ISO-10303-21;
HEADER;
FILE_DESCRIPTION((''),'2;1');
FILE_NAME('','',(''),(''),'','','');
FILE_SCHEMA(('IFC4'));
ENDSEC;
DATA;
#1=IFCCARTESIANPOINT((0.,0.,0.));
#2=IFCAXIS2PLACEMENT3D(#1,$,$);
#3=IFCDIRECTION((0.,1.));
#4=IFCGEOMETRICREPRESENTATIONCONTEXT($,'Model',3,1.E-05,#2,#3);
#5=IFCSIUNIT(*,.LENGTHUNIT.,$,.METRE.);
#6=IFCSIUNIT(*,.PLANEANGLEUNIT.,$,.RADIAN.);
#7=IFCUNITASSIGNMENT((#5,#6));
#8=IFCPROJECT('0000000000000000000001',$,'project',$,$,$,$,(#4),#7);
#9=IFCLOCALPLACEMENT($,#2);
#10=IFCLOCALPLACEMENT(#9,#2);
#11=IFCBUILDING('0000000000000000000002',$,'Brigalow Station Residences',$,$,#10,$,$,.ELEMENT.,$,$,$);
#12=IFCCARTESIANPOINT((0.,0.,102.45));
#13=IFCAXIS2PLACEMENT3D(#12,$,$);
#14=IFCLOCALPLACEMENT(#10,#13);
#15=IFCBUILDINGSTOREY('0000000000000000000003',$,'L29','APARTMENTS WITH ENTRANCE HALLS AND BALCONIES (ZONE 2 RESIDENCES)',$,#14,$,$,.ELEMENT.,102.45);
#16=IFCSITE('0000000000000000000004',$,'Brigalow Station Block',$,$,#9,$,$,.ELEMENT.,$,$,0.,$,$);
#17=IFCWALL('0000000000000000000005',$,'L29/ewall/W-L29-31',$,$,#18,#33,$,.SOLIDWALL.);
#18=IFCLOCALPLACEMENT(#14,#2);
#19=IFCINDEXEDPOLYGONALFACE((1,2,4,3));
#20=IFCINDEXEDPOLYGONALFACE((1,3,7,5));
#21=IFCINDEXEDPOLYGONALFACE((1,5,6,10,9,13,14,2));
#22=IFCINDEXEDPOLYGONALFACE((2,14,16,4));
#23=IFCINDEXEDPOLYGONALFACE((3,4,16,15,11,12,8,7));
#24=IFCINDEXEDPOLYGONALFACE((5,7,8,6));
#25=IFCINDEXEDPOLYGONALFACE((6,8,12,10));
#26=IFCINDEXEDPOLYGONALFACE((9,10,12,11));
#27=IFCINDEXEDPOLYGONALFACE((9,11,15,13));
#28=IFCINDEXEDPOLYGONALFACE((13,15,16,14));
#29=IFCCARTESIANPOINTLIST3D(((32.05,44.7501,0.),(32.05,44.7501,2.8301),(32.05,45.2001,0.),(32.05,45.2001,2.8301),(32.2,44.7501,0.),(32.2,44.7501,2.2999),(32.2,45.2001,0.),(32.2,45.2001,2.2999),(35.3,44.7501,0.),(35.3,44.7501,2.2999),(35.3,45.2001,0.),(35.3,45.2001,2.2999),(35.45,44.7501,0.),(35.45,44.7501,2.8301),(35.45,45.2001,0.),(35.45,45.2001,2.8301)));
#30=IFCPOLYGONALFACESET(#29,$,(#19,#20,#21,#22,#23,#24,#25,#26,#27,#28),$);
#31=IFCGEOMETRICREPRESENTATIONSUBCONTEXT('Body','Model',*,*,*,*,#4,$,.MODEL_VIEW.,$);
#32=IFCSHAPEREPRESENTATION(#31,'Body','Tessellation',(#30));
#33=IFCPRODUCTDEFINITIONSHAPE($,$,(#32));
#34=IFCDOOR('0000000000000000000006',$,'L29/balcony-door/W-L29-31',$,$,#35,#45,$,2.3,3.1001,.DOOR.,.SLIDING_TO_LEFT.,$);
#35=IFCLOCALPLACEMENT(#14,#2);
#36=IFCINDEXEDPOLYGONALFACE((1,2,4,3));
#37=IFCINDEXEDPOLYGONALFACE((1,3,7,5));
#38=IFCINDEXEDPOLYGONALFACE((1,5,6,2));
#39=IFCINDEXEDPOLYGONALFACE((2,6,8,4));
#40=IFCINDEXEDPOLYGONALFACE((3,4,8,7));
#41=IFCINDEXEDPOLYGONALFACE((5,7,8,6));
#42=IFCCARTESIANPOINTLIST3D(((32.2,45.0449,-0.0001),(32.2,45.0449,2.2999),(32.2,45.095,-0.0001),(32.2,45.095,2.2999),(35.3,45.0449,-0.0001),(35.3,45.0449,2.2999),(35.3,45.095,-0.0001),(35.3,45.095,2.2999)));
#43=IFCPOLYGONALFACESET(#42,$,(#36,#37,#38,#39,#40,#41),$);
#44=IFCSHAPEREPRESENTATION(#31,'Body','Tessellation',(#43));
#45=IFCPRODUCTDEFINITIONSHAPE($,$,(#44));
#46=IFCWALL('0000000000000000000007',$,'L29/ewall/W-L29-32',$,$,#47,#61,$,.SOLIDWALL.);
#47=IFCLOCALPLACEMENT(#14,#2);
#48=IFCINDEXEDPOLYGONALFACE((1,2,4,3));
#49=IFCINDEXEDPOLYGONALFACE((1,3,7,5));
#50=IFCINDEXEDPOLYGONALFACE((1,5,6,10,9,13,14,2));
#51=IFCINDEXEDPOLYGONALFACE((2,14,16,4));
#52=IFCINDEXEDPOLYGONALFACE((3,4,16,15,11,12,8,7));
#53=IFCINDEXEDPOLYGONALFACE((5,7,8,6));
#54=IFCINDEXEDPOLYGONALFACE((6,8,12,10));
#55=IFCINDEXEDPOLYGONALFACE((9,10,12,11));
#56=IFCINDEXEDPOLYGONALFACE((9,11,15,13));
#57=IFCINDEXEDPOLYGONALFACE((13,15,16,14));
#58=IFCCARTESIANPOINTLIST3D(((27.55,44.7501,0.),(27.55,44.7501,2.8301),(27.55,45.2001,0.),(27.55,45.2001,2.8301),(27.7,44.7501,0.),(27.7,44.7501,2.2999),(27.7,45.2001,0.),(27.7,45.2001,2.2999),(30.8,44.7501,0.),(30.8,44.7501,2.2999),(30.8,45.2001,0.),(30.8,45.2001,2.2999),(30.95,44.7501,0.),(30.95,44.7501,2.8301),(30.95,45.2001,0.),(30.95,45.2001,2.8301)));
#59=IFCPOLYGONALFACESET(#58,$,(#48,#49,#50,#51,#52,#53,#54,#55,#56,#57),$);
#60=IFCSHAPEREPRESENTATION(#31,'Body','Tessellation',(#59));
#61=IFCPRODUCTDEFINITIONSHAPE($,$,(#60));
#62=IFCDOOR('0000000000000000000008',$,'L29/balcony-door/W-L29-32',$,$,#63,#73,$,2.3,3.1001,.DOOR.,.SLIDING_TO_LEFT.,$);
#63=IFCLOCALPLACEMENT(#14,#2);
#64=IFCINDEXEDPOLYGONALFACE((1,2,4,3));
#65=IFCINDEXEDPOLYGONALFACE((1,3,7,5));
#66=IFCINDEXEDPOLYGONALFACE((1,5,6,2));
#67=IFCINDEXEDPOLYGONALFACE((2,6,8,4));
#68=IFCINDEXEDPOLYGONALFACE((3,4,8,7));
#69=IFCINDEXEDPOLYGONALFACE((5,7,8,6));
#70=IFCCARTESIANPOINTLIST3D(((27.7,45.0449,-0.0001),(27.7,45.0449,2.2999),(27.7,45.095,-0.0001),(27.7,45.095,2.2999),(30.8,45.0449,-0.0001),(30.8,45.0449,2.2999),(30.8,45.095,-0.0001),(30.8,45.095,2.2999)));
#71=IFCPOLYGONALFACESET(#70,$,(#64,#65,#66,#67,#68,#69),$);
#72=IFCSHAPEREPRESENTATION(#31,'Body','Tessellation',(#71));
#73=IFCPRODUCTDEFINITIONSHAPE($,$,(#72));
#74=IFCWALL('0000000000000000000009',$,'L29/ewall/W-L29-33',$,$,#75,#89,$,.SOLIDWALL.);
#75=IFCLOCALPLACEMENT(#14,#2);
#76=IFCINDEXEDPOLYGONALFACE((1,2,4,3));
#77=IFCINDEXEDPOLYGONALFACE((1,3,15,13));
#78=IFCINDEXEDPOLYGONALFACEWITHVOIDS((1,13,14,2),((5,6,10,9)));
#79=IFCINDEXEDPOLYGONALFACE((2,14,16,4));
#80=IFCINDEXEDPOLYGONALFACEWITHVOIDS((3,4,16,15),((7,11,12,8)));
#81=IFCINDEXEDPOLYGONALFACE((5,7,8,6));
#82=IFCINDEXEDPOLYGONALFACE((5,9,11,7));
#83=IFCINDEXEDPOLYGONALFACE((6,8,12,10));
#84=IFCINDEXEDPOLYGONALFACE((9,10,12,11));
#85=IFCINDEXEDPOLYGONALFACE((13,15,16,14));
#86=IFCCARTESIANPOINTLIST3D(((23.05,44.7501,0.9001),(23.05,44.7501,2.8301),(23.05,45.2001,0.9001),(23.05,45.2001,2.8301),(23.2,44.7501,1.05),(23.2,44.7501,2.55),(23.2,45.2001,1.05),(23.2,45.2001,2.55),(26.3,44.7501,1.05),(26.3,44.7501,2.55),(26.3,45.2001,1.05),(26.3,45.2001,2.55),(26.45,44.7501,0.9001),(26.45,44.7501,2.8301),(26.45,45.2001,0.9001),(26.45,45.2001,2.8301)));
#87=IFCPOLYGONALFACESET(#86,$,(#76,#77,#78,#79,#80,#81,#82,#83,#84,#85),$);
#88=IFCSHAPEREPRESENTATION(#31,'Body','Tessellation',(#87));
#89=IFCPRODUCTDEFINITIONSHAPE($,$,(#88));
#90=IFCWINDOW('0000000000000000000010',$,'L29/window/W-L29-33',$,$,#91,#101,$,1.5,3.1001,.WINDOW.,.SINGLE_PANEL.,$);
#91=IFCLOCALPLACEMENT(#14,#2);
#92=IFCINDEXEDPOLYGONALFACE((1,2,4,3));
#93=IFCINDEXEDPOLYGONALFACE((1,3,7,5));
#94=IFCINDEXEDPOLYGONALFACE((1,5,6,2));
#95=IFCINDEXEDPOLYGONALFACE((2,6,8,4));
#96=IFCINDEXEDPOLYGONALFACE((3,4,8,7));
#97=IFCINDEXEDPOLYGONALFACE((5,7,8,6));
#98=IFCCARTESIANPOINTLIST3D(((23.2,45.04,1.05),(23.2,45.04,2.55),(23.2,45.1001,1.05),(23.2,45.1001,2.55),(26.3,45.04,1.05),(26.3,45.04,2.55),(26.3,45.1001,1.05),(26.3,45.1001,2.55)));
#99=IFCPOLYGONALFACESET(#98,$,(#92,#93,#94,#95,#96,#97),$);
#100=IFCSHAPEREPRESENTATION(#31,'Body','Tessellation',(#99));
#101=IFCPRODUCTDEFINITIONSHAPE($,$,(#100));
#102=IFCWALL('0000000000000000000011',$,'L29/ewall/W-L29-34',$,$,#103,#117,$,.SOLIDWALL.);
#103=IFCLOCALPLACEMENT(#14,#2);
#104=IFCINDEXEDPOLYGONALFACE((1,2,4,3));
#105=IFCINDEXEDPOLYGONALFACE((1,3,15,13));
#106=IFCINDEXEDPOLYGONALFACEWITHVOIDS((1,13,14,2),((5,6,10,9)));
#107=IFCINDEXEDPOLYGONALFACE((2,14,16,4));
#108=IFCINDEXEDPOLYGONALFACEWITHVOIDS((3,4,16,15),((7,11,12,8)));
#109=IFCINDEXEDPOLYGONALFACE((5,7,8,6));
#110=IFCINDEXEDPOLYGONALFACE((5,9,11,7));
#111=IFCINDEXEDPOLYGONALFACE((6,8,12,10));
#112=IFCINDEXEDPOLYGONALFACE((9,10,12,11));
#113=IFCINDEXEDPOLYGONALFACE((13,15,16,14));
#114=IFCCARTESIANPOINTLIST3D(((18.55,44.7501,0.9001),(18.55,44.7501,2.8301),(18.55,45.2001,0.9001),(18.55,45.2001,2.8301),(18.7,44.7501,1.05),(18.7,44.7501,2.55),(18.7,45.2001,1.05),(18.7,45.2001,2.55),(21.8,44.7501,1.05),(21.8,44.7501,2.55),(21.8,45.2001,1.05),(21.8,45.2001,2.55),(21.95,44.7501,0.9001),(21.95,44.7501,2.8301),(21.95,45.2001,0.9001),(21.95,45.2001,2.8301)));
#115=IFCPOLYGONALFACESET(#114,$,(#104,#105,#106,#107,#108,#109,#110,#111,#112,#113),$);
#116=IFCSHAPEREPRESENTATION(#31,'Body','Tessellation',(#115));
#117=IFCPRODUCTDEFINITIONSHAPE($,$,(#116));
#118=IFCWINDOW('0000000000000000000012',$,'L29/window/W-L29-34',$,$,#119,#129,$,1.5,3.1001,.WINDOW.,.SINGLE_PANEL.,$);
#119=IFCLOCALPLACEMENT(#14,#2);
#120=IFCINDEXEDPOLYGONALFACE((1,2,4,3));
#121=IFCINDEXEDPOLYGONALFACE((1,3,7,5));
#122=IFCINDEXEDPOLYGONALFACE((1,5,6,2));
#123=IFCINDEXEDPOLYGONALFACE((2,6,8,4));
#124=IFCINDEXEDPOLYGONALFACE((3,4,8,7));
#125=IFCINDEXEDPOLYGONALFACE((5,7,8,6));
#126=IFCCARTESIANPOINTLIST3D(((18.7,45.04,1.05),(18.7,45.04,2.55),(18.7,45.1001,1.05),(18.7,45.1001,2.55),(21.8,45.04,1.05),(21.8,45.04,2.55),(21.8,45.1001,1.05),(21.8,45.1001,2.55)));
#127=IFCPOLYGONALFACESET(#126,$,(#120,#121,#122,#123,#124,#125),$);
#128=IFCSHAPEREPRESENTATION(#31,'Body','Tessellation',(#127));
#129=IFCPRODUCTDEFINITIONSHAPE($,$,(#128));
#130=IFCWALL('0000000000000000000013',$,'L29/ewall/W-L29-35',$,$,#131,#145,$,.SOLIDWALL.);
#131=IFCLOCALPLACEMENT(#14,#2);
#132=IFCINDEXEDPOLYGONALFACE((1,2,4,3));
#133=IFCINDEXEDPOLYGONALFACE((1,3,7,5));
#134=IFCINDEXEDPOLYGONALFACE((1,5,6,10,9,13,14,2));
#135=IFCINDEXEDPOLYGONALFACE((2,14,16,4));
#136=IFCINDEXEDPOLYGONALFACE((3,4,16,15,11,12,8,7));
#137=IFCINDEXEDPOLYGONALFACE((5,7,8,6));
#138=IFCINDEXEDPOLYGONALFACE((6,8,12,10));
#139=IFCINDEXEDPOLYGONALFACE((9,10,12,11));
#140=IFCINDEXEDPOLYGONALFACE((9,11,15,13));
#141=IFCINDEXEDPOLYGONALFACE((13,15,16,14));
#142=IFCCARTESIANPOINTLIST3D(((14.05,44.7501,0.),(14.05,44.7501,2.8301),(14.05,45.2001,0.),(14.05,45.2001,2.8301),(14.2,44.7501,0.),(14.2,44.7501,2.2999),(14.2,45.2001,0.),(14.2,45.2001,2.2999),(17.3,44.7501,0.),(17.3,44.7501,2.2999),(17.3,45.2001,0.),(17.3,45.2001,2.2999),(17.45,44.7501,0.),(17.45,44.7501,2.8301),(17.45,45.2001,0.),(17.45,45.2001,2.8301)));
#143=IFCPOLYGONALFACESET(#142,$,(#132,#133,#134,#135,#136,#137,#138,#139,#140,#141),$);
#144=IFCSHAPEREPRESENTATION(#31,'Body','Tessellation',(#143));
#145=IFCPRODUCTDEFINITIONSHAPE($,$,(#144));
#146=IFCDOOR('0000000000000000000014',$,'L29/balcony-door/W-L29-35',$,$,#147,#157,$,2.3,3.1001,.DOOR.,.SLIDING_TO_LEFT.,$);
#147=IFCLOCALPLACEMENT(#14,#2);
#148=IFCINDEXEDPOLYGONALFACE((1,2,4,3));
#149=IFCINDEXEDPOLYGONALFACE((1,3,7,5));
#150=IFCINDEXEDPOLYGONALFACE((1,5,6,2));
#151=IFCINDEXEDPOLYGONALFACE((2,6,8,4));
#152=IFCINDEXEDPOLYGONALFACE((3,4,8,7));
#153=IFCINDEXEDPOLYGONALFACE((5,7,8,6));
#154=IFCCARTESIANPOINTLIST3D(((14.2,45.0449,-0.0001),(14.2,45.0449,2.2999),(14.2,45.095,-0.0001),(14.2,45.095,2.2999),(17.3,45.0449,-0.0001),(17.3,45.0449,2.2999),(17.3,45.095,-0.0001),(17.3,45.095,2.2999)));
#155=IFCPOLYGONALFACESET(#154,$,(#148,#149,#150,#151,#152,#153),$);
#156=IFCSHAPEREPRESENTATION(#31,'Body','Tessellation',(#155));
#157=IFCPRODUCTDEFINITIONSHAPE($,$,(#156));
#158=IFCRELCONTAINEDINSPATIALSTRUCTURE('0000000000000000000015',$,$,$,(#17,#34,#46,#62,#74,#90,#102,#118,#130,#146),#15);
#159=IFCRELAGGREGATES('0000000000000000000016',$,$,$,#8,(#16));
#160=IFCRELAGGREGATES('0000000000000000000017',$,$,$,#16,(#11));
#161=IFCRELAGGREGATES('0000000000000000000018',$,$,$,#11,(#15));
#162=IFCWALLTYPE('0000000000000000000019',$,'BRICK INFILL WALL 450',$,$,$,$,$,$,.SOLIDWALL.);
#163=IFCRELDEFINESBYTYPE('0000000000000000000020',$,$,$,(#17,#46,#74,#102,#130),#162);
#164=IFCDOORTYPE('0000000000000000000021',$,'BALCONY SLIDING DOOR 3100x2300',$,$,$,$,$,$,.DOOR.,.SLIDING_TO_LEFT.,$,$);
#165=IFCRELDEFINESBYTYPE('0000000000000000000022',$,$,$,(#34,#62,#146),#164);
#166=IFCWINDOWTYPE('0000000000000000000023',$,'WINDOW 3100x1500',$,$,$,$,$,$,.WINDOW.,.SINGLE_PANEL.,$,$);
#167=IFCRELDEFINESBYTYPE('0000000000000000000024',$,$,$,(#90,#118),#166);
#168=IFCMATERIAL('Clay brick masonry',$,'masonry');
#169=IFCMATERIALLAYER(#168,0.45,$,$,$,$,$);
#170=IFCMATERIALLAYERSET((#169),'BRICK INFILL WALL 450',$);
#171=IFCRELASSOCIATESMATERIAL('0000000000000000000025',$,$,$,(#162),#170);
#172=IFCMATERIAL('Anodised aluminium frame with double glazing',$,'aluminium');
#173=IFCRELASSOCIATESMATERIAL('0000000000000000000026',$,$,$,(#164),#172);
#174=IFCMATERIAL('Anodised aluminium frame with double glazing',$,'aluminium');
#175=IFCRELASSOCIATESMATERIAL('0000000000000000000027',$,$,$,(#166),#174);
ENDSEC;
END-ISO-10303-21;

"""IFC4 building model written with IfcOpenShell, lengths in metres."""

from ifc_helpers import new_model, si_unit, direction, frame, frame_2d, origin, place, context, subcontext, project, spatial, rectangle, extrude, material, layer, layer_set, type_object, element, fill, save


model = new_model("IFC4")

# Units and contexts
model_context = context("Model", 3, precision=1e-05, world=origin(), true_north=direction((0.0, 1.0)))
body_context = subcontext(model_context, "Body", "Model", "MODEL_VIEW")
ifc_project = project(units=[si_unit("LENGTHUNIT", "METRE"), si_unit("PLANEANGLEUNIT", "RADIAN")], contexts=[model_context])

# Site, building, storey
site_placement = place(None, origin())
site = spatial("IfcSite", under=ifc_project, at=site_placement, Name="Brigalow Station Block", CompositionType="ELEMENT", RefElevation=0.0)
building_placement = place(site_placement, origin())
building = spatial("IfcBuilding", under=site, at=building_placement, Name="Brigalow Station Residences", CompositionType="ELEMENT")
storey_placement = place(building_placement, frame((0.0, 0.0, 102.45)))
storey = spatial("IfcBuildingStorey", under=building, at=storey_placement, Name="L29", Description="APARTMENTS WITH ENTRANCE HALLS AND BALCONIES (ZONE 2 RESIDENCES)", CompositionType="ELEMENT", Elevation=102.45)

# Walls, openings, doors
ifc_material_1 = material(Name="Clay brick masonry", Category="masonry")
ifc_layer_1 = layer(ifc_material_1, 0.45)
ifc_layer_set_1 = layer_set([ifc_layer_1], Name="BRICK INFILL WALL 450")
wall_type_1 = type_object("IfcWallType", Name="BRICK INFILL WALL 450", PredefinedType="SOLIDWALL", material=ifc_layer_set_1)
wall_1_placement = place(storey_placement, frame((35.45, 44.9751, 0.0), z_axis=(0.0, 0.0, 1.0), x_axis=(-1.0, 0.0, 0.0)))
wall_1 = element("IfcWall", 1, at=wall_1_placement, inside=storey, type_object=wall_type_1, Name="L29/ewall/W-L29-31", PredefinedType="SOLIDWALL", context=body_context, shape_type="SweptSolid", body=[
    extrude(rectangle(XDim=3.3999, YDim=0.45, at=frame_2d((1.7, 0.0))), origin(), (0.0, 0.0, 1.0), 2.8301),
])
opening_1_placement = place(wall_1_placement, frame((0.1499, 0.0, 0.0)))
opening_1 = element("IfcOpeningElement", 2, at=opening_1_placement, cuts=wall_1, PredefinedType="OPENING", context=body_context, shape_type="SweptSolid", body=[
    extrude(rectangle(XDim=3.1001, YDim=2.3, at=frame_2d((1.55, 1.1499))), frame((0.0, 0.2349, 0.0), z_axis=(0.0, -1.0, 0.0), x_axis=(1.0, 0.0, 0.0)), (0.0, 0.0, 1.0), 0.47),
])
ifc_material_2 = material(Name="Anodised aluminium frame with double glazing", Category="aluminium")
door_type_1 = type_object("IfcDoorType", Name="BALCONY SLIDING DOOR 3100x2300", OperationType="SLIDING_TO_LEFT", PredefinedType="DOOR", material=ifc_material_2)
door_1_placement = place(opening_1_placement, origin())
door_1 = element("IfcDoor", 3, at=door_1_placement, inside=storey, type_object=door_type_1, Name="L29/balcony-door/W-L29-31", OperationType="SLIDING_TO_LEFT", OverallHeight=2.3, OverallWidth=3.1001, PredefinedType="DOOR", context=body_context, shape_type="SweptSolid", body=[
    extrude(rectangle(XDim=3.1001, YDim=2.3, at=frame_2d((1.55, 1.1499))), frame((0.0, -0.0698, 0.0), z_axis=(0.0, -1.0, 0.0), x_axis=(1.0, 0.0, 0.0)), (0.0, 0.0, 1.0), 0.05),
])
fill(opening_1, door_1)
wall_2_placement = place(storey_placement, frame((30.95, 44.9751, 0.0), z_axis=(0.0, 0.0, 1.0), x_axis=(-1.0, 0.0, 0.0)))
wall_2 = element("IfcWall", 4, at=wall_2_placement, inside=storey, type_object=wall_type_1, Name="L29/ewall/W-L29-32", PredefinedType="SOLIDWALL", context=body_context, shape_type="SweptSolid", body=[
    extrude(rectangle(XDim=3.3999, YDim=0.45, at=frame_2d((1.7, 0.0))), origin(), (0.0, 0.0, 1.0), 2.8301),
])
opening_2_placement = place(wall_2_placement, frame((0.1499, 0.0, 0.0)))
opening_2 = element("IfcOpeningElement", 5, at=opening_2_placement, cuts=wall_2, PredefinedType="OPENING", context=body_context, shape_type="SweptSolid", body=[
    extrude(rectangle(XDim=3.1001, YDim=2.3, at=frame_2d((1.55, 1.1499))), frame((0.0, 0.2349, 0.0), z_axis=(0.0, -1.0, 0.0), x_axis=(1.0, 0.0, 0.0)), (0.0, 0.0, 1.0), 0.47),
])
door_2_placement = place(opening_2_placement, origin())
door_2 = element("IfcDoor", 6, at=door_2_placement, inside=storey, type_object=door_type_1, Name="L29/balcony-door/W-L29-32", OperationType="SLIDING_TO_LEFT", OverallHeight=2.3, OverallWidth=3.1001, PredefinedType="DOOR", context=body_context, shape_type="SweptSolid", body=[
    extrude(rectangle(XDim=3.1001, YDim=2.3, at=frame_2d((1.55, 1.1499))), frame((0.0, -0.0698, 0.0), z_axis=(0.0, -1.0, 0.0), x_axis=(1.0, 0.0, 0.0)), (0.0, 0.0, 1.0), 0.05),
])
fill(opening_2, door_2)

# Walls, openings, windows
wall_3_placement = place(storey_placement, frame((26.45, 44.9751, 0.9001), z_axis=(0.0, 0.0, 1.0), x_axis=(-1.0, 0.0, 0.0)))
wall_3 = element("IfcWall", 7, at=wall_3_placement, inside=storey, type_object=wall_type_1, Name="L29/ewall/W-L29-33", PredefinedType="SOLIDWALL", context=body_context, shape_type="SweptSolid", body=[
    extrude(rectangle(XDim=3.3999, YDim=0.45, at=frame_2d((1.7, 0.0))), origin(), (0.0, 0.0, 1.0), 1.9299),
])
opening_3_placement = place(wall_3_placement, frame((0.1499, 0.0, 0.1499)))
opening_3 = element("IfcOpeningElement", 8, at=opening_3_placement, cuts=wall_3, PredefinedType="OPENING", context=body_context, shape_type="SweptSolid", body=[
    extrude(rectangle(XDim=3.1001, YDim=1.5, at=frame_2d((1.55, 0.75))), frame((0.0, 0.2349, 0.0), z_axis=(0.0, -1.0, 0.0), x_axis=(1.0, 0.0, 0.0)), (0.0, 0.0, 1.0), 0.47),
])
ifc_material_3 = material(Name="Anodised aluminium frame with double glazing", Category="aluminium")
window_type = type_object("IfcWindowType", Name="WINDOW 3100x1500", PartitioningType="SINGLE_PANEL", PredefinedType="WINDOW", material=ifc_material_3)
window_1_placement = place(opening_3_placement, origin())
window_1 = element("IfcWindow", 9, at=window_1_placement, inside=storey, type_object=window_type, Name="L29/window/W-L29-33", OverallHeight=1.5, OverallWidth=3.1001, PartitioningType="SINGLE_PANEL", PredefinedType="WINDOW", context=body_context, shape_type="SweptSolid", body=[
    extrude(rectangle(XDim=3.1001, YDim=1.5, at=frame_2d((1.55, 0.75))), frame((0.0, -0.0649, 0.0), z_axis=(0.0, -1.0, 0.0), x_axis=(1.0, 0.0, 0.0)), (0.0, 0.0, 1.0), 0.0601),
])
fill(opening_3, window_1)
wall_4_placement = place(storey_placement, frame((21.95, 44.9751, 0.9001), z_axis=(0.0, 0.0, 1.0), x_axis=(-1.0, 0.0, 0.0)))
wall_4 = element("IfcWall", 10, at=wall_4_placement, inside=storey, type_object=wall_type_1, Name="L29/ewall/W-L29-34", PredefinedType="SOLIDWALL", context=body_context, shape_type="SweptSolid", body=[
    extrude(rectangle(XDim=3.3999, YDim=0.45, at=frame_2d((1.7, 0.0))), origin(), (0.0, 0.0, 1.0), 1.9299),
])
opening_4_placement = place(wall_4_placement, frame((0.1499, 0.0, 0.1499)))
opening_4 = element("IfcOpeningElement", 11, at=opening_4_placement, cuts=wall_4, PredefinedType="OPENING", context=body_context, shape_type="SweptSolid", body=[
    extrude(rectangle(XDim=3.1001, YDim=1.5, at=frame_2d((1.55, 0.75))), frame((0.0, 0.2349, 0.0), z_axis=(0.0, -1.0, 0.0), x_axis=(1.0, 0.0, 0.0)), (0.0, 0.0, 1.0), 0.47),
])
window_2_placement = place(opening_4_placement, origin())
window_2 = element("IfcWindow", 12, at=window_2_placement, inside=storey, type_object=window_type, Name="L29/window/W-L29-34", OverallHeight=1.5, OverallWidth=3.1001, PartitioningType="SINGLE_PANEL", PredefinedType="WINDOW", context=body_context, shape_type="SweptSolid", body=[
    extrude(rectangle(XDim=3.1001, YDim=1.5, at=frame_2d((1.55, 0.75))), frame((0.0, -0.0649, 0.0), z_axis=(0.0, -1.0, 0.0), x_axis=(1.0, 0.0, 0.0)), (0.0, 0.0, 1.0), 0.0601),
])
fill(opening_4, window_2)

# Wall, opening, door
wall_5_placement = place(storey_placement, frame((17.45, 44.9751, 0.0), z_axis=(0.0, 0.0, 1.0), x_axis=(-1.0, 0.0, 0.0)))
wall_5 = element("IfcWall", 13, at=wall_5_placement, inside=storey, type_object=wall_type_1, Name="L29/ewall/W-L29-35", PredefinedType="SOLIDWALL", context=body_context, shape_type="SweptSolid", body=[
    extrude(rectangle(XDim=3.3999, YDim=0.45, at=frame_2d((1.7, 0.0))), origin(), (0.0, 0.0, 1.0), 2.8301),
])
opening_5_placement = place(wall_5_placement, frame((0.1499, 0.0, 0.0)))
opening_5 = element("IfcOpeningElement", 14, at=opening_5_placement, cuts=wall_5, PredefinedType="OPENING", context=body_context, shape_type="SweptSolid", body=[
    extrude(rectangle(XDim=3.1001, YDim=2.3, at=frame_2d((1.55, 1.1499))), frame((0.0, 0.2349, 0.0), z_axis=(0.0, -1.0, 0.0), x_axis=(1.0, 0.0, 0.0)), (0.0, 0.0, 1.0), 0.47),
])
door_3_placement = place(opening_5_placement, origin())
door_3 = element("IfcDoor", 15, at=door_3_placement, inside=storey, type_object=door_type_1, Name="L29/balcony-door/W-L29-35", OperationType="SLIDING_TO_LEFT", OverallHeight=2.3, OverallWidth=3.1001, PredefinedType="DOOR", context=body_context, shape_type="SweptSolid", body=[
    extrude(rectangle(XDim=3.1001, YDim=2.3, at=frame_2d((1.55, 1.1499))), frame((0.0, -0.0698, 0.0), z_axis=(0.0, -1.0, 0.0), x_axis=(1.0, 0.0, 0.0)), (0.0, 0.0, 1.0), 0.05),
])
fill(opening_5, door_3)

save(model, "model.ifc")
